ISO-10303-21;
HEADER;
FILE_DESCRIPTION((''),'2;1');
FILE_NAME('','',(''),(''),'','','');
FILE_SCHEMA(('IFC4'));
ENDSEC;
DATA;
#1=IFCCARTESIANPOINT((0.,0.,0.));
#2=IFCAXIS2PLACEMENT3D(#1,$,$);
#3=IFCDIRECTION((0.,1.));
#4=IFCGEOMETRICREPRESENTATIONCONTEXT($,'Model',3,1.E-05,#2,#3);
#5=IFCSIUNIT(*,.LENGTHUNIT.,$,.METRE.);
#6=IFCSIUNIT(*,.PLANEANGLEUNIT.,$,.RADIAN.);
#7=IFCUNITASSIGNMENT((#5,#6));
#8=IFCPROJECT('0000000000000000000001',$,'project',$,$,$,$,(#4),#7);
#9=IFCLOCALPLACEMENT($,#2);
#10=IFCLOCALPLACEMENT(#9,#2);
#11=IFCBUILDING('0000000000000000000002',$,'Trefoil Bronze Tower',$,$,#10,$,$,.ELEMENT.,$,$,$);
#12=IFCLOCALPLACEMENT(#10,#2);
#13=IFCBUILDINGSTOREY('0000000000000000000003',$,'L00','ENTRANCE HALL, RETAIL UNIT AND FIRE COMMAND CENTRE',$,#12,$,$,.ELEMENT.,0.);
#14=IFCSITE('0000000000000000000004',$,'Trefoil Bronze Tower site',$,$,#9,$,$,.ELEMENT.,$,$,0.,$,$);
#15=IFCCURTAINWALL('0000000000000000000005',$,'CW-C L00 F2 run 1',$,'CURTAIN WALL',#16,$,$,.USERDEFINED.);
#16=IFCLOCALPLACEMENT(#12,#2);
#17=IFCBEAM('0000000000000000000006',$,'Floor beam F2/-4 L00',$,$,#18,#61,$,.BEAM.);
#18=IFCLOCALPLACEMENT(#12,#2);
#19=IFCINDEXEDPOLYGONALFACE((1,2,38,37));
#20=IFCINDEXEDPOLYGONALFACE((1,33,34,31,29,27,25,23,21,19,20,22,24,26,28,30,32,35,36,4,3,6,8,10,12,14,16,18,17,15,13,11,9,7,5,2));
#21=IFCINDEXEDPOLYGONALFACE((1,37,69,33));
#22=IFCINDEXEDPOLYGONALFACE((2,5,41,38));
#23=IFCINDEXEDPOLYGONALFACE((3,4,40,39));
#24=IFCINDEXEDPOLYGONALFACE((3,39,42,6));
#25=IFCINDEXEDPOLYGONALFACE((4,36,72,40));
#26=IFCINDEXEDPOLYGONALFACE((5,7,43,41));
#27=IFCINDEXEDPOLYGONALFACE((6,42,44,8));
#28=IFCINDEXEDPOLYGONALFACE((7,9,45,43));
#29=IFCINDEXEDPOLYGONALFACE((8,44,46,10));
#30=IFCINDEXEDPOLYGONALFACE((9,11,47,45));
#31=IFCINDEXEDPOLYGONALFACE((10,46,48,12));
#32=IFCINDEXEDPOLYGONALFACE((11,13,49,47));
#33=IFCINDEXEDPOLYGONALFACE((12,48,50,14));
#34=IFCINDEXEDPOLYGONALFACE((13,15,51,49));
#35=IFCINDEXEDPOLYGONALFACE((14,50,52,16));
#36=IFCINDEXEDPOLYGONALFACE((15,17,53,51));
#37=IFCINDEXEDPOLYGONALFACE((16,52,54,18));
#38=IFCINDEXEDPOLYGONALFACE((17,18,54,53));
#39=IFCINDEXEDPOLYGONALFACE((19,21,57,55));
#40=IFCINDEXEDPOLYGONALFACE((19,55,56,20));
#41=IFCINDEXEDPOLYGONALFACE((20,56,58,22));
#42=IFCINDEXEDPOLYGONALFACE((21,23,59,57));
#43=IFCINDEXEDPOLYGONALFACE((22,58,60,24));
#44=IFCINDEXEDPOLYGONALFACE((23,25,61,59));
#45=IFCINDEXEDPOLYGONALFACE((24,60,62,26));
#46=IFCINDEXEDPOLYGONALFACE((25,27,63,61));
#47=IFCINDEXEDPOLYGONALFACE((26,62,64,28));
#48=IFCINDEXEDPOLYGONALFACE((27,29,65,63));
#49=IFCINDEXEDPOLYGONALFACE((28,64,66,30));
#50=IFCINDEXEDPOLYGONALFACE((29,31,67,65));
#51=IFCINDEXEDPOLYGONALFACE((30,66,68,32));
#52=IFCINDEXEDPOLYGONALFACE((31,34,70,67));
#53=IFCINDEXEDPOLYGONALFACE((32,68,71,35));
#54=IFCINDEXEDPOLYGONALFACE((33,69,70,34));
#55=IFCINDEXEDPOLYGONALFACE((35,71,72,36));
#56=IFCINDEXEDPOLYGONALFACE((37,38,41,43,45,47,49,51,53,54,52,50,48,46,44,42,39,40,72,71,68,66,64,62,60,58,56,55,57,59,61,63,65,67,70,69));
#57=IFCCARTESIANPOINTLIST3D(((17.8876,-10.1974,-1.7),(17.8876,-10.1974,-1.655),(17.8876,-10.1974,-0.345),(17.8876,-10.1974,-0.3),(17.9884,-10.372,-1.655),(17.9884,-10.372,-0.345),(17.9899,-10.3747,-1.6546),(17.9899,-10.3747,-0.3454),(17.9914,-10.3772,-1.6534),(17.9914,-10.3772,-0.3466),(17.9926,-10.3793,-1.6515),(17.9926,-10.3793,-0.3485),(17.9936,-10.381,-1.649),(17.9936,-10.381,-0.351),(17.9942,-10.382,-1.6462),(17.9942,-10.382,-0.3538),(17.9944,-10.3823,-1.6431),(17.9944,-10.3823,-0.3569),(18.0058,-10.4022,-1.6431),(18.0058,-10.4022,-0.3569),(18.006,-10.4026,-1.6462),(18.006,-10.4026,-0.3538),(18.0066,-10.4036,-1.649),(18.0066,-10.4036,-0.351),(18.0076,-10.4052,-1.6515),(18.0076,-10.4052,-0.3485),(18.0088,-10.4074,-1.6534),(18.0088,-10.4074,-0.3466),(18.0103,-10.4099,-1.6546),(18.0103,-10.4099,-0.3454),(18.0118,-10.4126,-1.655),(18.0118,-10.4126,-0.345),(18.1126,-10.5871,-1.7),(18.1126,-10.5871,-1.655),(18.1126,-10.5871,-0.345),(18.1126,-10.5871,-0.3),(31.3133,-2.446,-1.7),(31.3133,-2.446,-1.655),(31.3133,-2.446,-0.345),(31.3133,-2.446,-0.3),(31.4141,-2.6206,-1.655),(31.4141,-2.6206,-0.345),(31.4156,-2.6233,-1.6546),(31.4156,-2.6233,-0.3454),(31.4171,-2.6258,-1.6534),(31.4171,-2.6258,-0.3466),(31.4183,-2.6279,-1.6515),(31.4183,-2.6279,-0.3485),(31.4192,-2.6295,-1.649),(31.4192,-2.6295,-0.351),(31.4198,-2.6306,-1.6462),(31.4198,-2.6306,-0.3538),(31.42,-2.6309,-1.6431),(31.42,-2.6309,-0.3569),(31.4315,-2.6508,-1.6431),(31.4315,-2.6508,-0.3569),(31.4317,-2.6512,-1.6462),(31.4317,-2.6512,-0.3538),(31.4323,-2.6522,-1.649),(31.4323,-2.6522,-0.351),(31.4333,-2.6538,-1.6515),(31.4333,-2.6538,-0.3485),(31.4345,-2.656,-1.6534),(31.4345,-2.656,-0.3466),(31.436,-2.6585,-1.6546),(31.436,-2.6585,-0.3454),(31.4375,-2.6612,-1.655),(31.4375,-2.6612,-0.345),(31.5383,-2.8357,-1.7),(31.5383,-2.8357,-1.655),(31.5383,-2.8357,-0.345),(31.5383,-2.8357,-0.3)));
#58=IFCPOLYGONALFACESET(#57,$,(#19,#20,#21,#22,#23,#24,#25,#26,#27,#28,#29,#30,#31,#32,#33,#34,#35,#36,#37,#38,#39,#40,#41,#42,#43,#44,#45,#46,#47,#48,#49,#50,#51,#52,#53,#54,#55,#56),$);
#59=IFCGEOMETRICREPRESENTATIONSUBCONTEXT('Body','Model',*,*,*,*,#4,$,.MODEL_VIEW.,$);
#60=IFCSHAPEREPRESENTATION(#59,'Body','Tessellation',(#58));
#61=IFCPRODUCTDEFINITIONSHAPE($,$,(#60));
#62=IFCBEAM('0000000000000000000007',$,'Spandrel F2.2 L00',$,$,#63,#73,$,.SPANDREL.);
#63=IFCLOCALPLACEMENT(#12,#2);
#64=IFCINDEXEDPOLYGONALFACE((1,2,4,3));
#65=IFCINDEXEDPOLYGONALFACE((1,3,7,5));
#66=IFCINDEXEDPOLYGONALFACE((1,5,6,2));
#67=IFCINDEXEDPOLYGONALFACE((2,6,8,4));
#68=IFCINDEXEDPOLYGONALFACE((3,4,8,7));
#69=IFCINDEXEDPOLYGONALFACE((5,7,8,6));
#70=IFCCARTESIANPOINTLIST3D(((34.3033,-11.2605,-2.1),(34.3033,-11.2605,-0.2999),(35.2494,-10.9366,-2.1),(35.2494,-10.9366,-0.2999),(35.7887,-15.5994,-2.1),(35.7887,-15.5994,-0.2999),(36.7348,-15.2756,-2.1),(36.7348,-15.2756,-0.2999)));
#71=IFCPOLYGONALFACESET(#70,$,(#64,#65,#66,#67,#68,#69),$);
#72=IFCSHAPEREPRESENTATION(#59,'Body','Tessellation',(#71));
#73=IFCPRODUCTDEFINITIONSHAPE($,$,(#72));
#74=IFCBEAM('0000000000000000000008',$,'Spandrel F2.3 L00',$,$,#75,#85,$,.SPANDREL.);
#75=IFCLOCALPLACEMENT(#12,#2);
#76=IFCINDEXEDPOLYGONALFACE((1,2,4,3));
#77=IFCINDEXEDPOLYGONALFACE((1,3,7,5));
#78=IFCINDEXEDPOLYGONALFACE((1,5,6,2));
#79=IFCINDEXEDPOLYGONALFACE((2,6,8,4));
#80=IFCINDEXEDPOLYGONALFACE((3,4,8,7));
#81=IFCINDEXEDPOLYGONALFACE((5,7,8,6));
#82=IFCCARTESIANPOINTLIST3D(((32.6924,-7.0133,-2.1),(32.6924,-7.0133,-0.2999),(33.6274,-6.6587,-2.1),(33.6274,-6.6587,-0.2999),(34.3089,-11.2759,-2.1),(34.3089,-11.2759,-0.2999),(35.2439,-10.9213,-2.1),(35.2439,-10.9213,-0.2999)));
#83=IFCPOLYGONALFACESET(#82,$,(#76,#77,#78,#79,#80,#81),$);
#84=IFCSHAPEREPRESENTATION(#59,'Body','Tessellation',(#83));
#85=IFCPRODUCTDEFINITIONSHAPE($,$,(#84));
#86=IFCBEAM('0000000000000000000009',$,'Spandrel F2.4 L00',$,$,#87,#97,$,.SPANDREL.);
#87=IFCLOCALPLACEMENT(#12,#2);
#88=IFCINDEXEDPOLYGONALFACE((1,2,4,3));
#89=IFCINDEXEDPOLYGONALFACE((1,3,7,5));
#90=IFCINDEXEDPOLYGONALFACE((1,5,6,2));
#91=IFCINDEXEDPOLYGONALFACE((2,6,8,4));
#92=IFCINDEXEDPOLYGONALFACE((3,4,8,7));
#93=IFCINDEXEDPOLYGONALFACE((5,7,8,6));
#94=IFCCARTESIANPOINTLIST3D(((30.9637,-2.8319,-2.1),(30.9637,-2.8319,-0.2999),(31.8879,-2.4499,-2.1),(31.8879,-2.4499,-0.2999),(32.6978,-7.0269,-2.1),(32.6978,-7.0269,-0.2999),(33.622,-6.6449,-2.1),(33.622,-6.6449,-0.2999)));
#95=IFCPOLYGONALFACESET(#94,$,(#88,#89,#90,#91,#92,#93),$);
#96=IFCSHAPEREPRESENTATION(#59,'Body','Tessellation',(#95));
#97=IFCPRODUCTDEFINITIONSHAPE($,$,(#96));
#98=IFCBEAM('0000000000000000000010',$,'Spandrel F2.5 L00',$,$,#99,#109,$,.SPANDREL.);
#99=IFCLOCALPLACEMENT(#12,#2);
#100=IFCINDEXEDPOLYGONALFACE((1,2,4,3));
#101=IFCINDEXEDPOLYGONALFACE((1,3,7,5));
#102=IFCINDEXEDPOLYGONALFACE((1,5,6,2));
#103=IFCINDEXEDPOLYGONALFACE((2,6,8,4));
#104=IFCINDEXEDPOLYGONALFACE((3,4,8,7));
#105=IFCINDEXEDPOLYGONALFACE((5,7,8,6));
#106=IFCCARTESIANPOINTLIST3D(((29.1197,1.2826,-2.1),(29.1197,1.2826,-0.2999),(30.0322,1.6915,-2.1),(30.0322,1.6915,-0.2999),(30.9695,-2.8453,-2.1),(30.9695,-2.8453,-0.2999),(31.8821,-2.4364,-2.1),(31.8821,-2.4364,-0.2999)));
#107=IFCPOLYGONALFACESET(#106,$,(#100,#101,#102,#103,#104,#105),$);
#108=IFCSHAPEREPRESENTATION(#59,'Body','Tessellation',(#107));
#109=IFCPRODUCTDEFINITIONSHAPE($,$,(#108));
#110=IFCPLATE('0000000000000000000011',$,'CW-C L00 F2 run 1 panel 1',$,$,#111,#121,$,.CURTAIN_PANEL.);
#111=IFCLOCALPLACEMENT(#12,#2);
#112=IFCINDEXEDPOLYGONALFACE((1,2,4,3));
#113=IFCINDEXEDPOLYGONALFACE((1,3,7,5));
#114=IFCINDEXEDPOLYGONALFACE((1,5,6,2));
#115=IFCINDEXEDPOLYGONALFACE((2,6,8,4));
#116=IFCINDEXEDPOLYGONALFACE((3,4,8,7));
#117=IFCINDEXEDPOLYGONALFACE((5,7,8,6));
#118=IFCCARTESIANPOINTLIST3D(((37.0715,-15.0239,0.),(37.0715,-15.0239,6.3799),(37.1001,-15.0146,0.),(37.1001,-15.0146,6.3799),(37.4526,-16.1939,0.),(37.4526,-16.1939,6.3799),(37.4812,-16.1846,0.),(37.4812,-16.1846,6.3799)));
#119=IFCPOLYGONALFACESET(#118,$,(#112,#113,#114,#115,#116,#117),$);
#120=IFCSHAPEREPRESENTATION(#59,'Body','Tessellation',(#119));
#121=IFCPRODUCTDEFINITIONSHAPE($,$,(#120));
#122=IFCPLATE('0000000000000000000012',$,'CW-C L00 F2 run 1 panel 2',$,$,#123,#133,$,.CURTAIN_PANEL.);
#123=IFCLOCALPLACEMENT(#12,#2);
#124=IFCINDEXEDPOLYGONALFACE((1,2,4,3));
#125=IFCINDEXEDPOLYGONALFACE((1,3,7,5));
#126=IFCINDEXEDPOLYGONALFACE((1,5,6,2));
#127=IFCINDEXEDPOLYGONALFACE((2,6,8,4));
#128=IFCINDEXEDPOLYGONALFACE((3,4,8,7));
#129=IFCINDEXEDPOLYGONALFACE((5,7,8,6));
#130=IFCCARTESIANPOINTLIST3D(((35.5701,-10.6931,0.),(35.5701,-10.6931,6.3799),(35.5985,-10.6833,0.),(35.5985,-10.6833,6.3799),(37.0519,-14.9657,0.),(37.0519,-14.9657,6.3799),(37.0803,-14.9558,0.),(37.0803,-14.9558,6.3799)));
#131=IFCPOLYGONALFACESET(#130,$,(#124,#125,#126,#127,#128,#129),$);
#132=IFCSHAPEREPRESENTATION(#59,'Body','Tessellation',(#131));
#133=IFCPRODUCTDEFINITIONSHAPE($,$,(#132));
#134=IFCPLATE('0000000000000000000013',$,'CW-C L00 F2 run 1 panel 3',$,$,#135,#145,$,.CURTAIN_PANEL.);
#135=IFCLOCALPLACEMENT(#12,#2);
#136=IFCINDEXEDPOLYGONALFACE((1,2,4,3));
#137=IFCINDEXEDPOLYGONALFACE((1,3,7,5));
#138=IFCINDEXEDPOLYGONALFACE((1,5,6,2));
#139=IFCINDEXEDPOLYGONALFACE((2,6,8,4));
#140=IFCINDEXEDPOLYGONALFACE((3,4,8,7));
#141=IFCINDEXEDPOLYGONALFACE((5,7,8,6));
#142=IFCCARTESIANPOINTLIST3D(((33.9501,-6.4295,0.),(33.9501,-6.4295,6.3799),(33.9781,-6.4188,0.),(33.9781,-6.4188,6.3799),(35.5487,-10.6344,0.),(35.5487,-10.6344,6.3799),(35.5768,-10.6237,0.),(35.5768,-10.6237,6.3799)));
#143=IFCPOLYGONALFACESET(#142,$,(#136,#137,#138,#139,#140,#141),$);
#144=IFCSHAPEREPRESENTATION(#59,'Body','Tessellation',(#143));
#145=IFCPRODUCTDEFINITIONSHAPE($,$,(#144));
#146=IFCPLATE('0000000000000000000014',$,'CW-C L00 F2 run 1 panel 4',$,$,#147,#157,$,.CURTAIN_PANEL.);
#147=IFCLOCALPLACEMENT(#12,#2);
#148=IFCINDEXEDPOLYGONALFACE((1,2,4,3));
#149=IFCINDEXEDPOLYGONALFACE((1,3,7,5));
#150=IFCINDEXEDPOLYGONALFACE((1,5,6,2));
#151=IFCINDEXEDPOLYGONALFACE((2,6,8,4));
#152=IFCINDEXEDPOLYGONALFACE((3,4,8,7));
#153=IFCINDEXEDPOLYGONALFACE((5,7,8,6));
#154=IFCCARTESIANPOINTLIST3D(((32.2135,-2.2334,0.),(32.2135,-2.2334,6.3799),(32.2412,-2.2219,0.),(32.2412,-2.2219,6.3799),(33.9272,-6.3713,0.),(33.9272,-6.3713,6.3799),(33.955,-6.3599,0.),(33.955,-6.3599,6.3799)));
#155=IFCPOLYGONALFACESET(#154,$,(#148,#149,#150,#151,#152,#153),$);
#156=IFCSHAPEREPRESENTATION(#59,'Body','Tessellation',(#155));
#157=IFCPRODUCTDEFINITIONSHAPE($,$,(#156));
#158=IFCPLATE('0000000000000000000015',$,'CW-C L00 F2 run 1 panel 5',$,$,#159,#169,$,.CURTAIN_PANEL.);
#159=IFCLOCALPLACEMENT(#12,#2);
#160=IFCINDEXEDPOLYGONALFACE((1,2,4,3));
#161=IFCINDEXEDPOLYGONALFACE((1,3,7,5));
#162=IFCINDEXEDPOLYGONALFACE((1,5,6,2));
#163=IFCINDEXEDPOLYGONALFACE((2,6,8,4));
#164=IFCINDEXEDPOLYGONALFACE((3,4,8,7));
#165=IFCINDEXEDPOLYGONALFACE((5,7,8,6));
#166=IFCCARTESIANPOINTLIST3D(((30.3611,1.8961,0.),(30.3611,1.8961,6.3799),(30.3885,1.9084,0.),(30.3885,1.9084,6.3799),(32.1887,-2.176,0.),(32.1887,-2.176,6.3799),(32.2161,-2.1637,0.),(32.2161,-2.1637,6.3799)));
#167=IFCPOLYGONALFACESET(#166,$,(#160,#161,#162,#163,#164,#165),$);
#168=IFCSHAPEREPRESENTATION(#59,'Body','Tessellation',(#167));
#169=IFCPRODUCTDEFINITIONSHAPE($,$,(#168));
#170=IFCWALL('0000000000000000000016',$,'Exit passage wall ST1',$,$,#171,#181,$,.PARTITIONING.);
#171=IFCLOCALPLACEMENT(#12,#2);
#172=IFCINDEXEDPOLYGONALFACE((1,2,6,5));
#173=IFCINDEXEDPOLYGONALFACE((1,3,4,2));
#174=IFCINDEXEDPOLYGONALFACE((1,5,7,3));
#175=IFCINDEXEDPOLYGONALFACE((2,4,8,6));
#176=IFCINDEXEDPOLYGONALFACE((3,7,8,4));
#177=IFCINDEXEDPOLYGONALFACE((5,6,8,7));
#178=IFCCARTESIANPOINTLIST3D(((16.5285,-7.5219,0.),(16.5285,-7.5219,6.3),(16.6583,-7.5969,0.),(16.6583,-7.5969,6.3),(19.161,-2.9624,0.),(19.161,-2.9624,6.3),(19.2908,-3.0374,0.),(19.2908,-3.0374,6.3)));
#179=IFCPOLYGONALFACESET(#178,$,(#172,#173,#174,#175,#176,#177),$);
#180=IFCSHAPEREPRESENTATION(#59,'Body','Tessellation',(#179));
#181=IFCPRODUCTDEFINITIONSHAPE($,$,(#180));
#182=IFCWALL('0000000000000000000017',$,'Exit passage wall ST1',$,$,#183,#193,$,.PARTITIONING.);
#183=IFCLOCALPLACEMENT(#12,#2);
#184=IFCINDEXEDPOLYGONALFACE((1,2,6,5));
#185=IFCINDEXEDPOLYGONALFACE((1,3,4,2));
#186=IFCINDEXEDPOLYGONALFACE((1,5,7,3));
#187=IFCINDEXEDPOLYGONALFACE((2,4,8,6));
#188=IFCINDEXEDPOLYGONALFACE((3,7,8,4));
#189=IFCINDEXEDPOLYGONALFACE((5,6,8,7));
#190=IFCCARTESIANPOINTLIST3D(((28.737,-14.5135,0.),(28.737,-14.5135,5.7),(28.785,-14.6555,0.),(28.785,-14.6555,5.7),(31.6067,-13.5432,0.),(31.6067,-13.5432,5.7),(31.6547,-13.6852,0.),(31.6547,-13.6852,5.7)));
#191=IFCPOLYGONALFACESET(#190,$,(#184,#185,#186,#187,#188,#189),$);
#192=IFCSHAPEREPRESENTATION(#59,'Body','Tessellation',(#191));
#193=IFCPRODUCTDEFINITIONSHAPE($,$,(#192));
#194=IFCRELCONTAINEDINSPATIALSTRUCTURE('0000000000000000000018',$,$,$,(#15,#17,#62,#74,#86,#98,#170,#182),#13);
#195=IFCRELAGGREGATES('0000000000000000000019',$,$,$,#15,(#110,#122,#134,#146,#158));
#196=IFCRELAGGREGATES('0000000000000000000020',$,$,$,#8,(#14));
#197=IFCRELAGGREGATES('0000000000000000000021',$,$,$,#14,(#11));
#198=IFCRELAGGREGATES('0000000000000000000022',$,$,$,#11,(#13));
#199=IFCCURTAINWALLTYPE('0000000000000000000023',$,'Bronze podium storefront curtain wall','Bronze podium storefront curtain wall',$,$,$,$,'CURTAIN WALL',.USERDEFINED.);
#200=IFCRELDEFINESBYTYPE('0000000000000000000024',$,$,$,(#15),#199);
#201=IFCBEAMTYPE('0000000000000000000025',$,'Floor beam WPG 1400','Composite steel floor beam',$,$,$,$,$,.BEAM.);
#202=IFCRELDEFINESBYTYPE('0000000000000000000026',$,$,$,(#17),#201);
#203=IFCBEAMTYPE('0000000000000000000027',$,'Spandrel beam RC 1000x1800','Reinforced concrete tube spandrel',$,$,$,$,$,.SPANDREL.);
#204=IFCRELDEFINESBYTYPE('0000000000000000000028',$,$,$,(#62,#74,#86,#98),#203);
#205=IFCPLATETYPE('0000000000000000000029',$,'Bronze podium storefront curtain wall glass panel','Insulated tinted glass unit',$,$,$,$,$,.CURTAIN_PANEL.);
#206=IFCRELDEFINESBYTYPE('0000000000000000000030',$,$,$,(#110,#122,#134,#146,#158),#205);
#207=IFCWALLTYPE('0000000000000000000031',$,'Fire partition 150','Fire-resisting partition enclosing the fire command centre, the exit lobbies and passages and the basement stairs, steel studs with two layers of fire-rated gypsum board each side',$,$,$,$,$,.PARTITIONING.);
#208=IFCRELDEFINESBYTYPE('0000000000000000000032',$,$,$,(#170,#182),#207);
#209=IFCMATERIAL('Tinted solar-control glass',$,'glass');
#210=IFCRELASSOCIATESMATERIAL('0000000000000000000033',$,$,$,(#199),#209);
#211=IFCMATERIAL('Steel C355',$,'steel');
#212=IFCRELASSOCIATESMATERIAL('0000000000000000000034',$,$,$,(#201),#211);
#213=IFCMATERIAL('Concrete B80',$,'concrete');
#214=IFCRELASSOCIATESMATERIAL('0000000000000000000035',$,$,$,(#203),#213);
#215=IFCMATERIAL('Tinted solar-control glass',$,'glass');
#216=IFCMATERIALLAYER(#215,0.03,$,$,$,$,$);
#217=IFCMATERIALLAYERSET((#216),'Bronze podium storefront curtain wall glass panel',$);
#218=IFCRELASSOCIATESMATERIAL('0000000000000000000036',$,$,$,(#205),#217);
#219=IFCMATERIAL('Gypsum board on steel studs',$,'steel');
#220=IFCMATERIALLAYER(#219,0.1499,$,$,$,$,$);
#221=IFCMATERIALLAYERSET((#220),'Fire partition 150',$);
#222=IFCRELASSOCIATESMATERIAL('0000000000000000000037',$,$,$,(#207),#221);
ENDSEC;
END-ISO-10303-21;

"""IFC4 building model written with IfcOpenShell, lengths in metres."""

from ifc_helpers import new_model, si_unit, direction, frame, frame_2d, origin, origin_2d, place, context, subcontext, project, spatial, rectangle, i_section, extrude, material, layer, layer_set, material_profile, profile_set, type_object, element, aggregate, save


model = new_model("IFC4")

# Units and contexts
model_context = context("Model", 3, precision=1e-05, world=origin(), true_north=direction((0.0, 1.0)))
body_context = subcontext(model_context, "Body", "Model", "MODEL_VIEW")
ifc_project = project(units=[si_unit("LENGTHUNIT", "METRE"), si_unit("PLANEANGLEUNIT", "RADIAN")], contexts=[model_context])

# Site, building, storey
site_placement = place(None, origin())
site = spatial("IfcSite", under=ifc_project, at=site_placement, Name="Trefoil Bronze Tower site", CompositionType="ELEMENT", RefElevation=0.0)
building_placement = place(site_placement, origin())
building = spatial("IfcBuilding", under=site, at=building_placement, Name="Trefoil Bronze Tower", CompositionType="ELEMENT")
storey_placement = place(building_placement, origin())
storey = spatial("IfcBuildingStorey", under=building, at=storey_placement, Name="L00", Description="ENTRANCE HALL, RETAIL UNIT AND FIRE COMMAND CENTRE", CompositionType="ELEMENT", Elevation=0.0)

# Curtain wall
ifc_material_1 = material(Name="Tinted solar-control glass", Category="glass")
curtain_wall_type = type_object("IfcCurtainWallType", Name="Bronze podium storefront curtain wall", Description="Bronze podium storefront curtain wall", ElementType="CURTAIN WALL", PredefinedType="USERDEFINED", material=ifc_material_1)
curtain_wall_placement = place(storey_placement, origin())
curtain_wall = element("IfcCurtainWall", 1, at=curtain_wall_placement, inside=storey, type_object=curtain_wall_type, Name="CW-C L00 F2 run 1", ObjectType="CURTAIN WALL", PredefinedType="USERDEFINED")

# Beams
ifc_material_2 = material(Name="Steel C355", Category="steel")
ifc_material_profile_1 = material_profile(ifc_material_2, i_section(OverallWidth=0.45, OverallDepth=1.3999, WebThickness=0.0229, FlangeThickness=0.0449, FilletRadius=0.012, at=origin_2d()), Name="WPG 1400")
ifc_profile_set_1 = profile_set([ifc_material_profile_1], Name="Steel C355")
beam_type_1 = type_object("IfcBeamType", Name="Floor beam WPG 1400", Description="Composite steel floor beam", PredefinedType="BEAM", material=ifc_profile_set_1)
beam_1_placement = place(storey_placement, frame((31.4258, -2.6409, -1.0), z_axis=(-0.866023, -0.500004, 0.0), x_axis=(0.500004, -0.866023, 0.0)))
element("IfcBeam", 2, at=beam_1_placement, inside=storey, type_object=beam_type_1, Name="Floor beam F2/-4 L00", PredefinedType="BEAM", context=body_context, shape_type="SweptSolid", body=[
    extrude(i_section(OverallWidth=0.45, OverallDepth=1.3999, WebThickness=0.0229, FlangeThickness=0.0449, FilletRadius=0.012, at=origin_2d()), origin(), (0.0, 0.0, 1.0), 15.5027),
])
ifc_material_3 = material(Name="Concrete B80", Category="concrete")
ifc_material_profile_2 = material_profile(ifc_material_3, rectangle(XDim=1.0, YDim=1.8, at=origin_2d()), Name="RC 1000x1800")
ifc_profile_set_2 = profile_set([ifc_material_profile_2], Name="Concrete B80")
beam_type_2 = type_object("IfcBeamType", Name="Spandrel beam RC 1000x1800", Description="Reinforced concrete tube spandrel", PredefinedType="SPANDREL", material=ifc_profile_set_2)
beam_2_placement = place(storey_placement, frame((36.2617, -15.4375, -1.2), z_axis=(-0.323883, 0.946097, 0.0), x_axis=(-0.946097, -0.323883, 0.0)))
element("IfcBeam", 3, at=beam_2_placement, inside=storey, type_object=beam_type_2, Name="Spandrel F2.2 L00", PredefinedType="SPANDREL", context=body_context, shape_type="SweptSolid", body=[
    extrude(rectangle(XDim=1.0, YDim=1.8, at=origin_2d()), origin(), (0.0, 0.0, 1.0), 4.5862),
])
beam_3_placement = place(storey_placement, frame((34.7764, -11.0986, -1.2), z_axis=(-0.354572, 0.935029, 0.0), x_axis=(-0.935029, -0.354572, 0.0)))
element("IfcBeam", 4, at=beam_3_placement, inside=storey, type_object=beam_type_2, Name="Spandrel F2.3 L00", PredefinedType="SPANDREL", context=body_context, shape_type="SweptSolid", body=[
    extrude(rectangle(XDim=1.0, YDim=1.8, at=origin_2d()), origin(), (0.0, 0.0, 1.0), 4.5588),
])
beam_4_placement = place(storey_placement, frame((33.1599, -6.8359, -1.2), z_axis=(-0.382021, 0.924154, 0.0), x_axis=(-0.924154, -0.382021, 0.0)))
element("IfcBeam", 5, at=beam_4_placement, inside=storey, type_object=beam_type_2, Name="Spandrel F2.4 L00", PredefinedType="SPANDREL", context=body_context, shape_type="SweptSolid", body=[
    extrude(rectangle(XDim=1.0, YDim=1.8, at=origin_2d()), origin(), (0.0, 0.0, 1.0), 4.5393),
])
beam_5_placement = place(storey_placement, frame((31.4258, -2.6409, -1.2), z_axis=(-0.408946, 0.912559, 0.0), x_axis=(-0.912559, -0.408946, 0.0)))
element("IfcBeam", 6, at=beam_5_placement, inside=storey, type_object=beam_type_2, Name="Spandrel F2.5 L00", PredefinedType="SPANDREL", context=body_context, shape_type="SweptSolid", body=[
    extrude(rectangle(XDim=1.0, YDim=1.8, at=origin_2d()), origin(), (0.0, 0.0, 1.0), 4.5234),
])

# Plates
ifc_material_4 = material(Name="Tinted solar-control glass", Category="glass")
ifc_layer_1 = layer(ifc_material_4, 0.03)
ifc_layer_set_1 = layer_set([ifc_layer_1], Name="Bronze podium storefront curtain wall glass panel")
plate_type = type_object("IfcPlateType", Name="Bronze podium storefront curtain wall glass panel", Description="Insulated tinted glass unit", PredefinedType="CURTAIN_PANEL", material=ifc_layer_set_1)
plate_1_placement = place(storey_placement, frame((37.2764, -15.6042, 0.0), z_axis=(0.0, 0.0, 1.0), x_axis=(-0.309728, 0.950825, 0.0)))
plate_1 = element("IfcPlate", 7, at=plate_1_placement, type_object=plate_type, Name="CW-C L00 F2 run 1 panel 1", PredefinedType="CURTAIN_PANEL", context=body_context, shape_type="SweptSolid", body=[
    extrude(rectangle(XDim=1.2305, YDim=0.03, at=origin_2d()), origin(), (0.0, 0.0, 1.0), 6.3799),
])
plate_2_placement = place(storey_placement, frame((36.3252, -12.8245, 0.0), z_axis=(0.0, 0.0, 1.0), x_axis=(-0.327674, 0.944791, 0.0)))
plate_2 = element("IfcPlate", 8, at=plate_2_placement, type_object=plate_type, Name="CW-C L00 F2 run 1 panel 2", PredefinedType="CURTAIN_PANEL", context=body_context, shape_type="SweptSolid", body=[
    extrude(rectangle(XDim=4.5222, YDim=0.03, at=origin_2d()), origin(), (0.0, 0.0, 1.0), 6.3799),
])
plate_3_placement = place(storey_placement, frame((34.7634, -8.5266, 0.0), z_axis=(0.0, 0.0, 1.0), x_axis=(-0.355371, 0.934725, 0.0)))
plate_3 = element("IfcPlate", 9, at=plate_3_placement, type_object=plate_type, Name="CW-C L00 F2 run 1 panel 3", PredefinedType="CURTAIN_PANEL", context=body_context, shape_type="SweptSolid", body=[
    extrude(rectangle(XDim=4.4985, YDim=0.03, at=origin_2d()), origin(), (0.0, 0.0, 1.0), 6.3799),
])
plate_4_placement = place(storey_placement, frame((33.0842, -4.2966, 0.0), z_axis=(0.0, 0.0, 1.0), x_axis=(-0.38263, 0.923902, 0.0)))
plate_4 = element("IfcPlate", 10, at=plate_4_placement, type_object=plate_type, Name="CW-C L00 F2 run 1 panel 4", PredefinedType="CURTAIN_PANEL", context=body_context, shape_type="SweptSolid", body=[
    extrude(rectangle(XDim=4.4788, YDim=0.03, at=origin_2d()), origin(), (0.0, 0.0, 1.0), 6.3799),
])
plate_5_placement = place(storey_placement, frame((31.2886, -0.1338, 0.0), z_axis=(0.0, 0.0, 1.0), x_axis=(-0.409456, 0.91233, 0.0)))
plate_5 = element("IfcPlate", 11, at=plate_5_placement, type_object=plate_type, Name="CW-C L00 F2 run 1 panel 5", PredefinedType="CURTAIN_PANEL", context=body_context, shape_type="SweptSolid", body=[
    extrude(rectangle(XDim=4.4634, YDim=0.03, at=origin_2d()), origin(), (0.0, 0.0, 1.0), 6.3799),
])
aggregate(curtain_wall, [plate_1, plate_2, plate_3, plate_4, plate_5])

# Walls
ifc_material_5 = material(Name="Gypsum board on steel studs", Category="steel")
ifc_layer_2 = layer(ifc_material_5, 0.1499)
ifc_layer_set_2 = layer_set([ifc_layer_2], Name="Fire partition 150")
wall_type = type_object("IfcWallType", Name="Fire partition 150", Description="Fire-resisting partition enclosing the fire command centre, the exit lobbies and passages and the basement stairs, steel studs with two layers of fire-rated gypsum board each side", PredefinedType="PARTITIONING", material=ifc_layer_set_2)
wall_1_placement = place(storey_placement, frame((19.2258, -3.0, 0.0), z_axis=(0.0, 0.0, 1.0), x_axis=(-0.500014, -0.866017, 0.0)))
element("IfcWall", 12, at=wall_1_placement, inside=storey, type_object=wall_type, Name="Exit passage wall ST1", PredefinedType="PARTITIONING", context=body_context, shape_type="SweptSolid", body=[
    extrude(rectangle(XDim=5.2649, YDim=0.1499, at=frame_2d((2.6323, 0.0))), origin(), (0.0, 0.0, 1.0), 6.3),
])
wall_2_placement = place(storey_placement, frame((28.761, -14.5845, 0.0), z_axis=(0.0, 0.0, 1.0), x_axis=(0.947321, 0.320287, 0.0)))
element("IfcWall", 13, at=wall_2_placement, inside=storey, type_object=wall_type, Name="Exit passage wall ST1", PredefinedType="PARTITIONING", context=body_context, shape_type="SweptSolid", body=[
    extrude(rectangle(XDim=3.0293, YDim=0.1499, at=frame_2d((1.5146, 0.0))), origin(), (0.0, 0.0, 1.0), 5.7),
])

save(model, "model.ifc")
